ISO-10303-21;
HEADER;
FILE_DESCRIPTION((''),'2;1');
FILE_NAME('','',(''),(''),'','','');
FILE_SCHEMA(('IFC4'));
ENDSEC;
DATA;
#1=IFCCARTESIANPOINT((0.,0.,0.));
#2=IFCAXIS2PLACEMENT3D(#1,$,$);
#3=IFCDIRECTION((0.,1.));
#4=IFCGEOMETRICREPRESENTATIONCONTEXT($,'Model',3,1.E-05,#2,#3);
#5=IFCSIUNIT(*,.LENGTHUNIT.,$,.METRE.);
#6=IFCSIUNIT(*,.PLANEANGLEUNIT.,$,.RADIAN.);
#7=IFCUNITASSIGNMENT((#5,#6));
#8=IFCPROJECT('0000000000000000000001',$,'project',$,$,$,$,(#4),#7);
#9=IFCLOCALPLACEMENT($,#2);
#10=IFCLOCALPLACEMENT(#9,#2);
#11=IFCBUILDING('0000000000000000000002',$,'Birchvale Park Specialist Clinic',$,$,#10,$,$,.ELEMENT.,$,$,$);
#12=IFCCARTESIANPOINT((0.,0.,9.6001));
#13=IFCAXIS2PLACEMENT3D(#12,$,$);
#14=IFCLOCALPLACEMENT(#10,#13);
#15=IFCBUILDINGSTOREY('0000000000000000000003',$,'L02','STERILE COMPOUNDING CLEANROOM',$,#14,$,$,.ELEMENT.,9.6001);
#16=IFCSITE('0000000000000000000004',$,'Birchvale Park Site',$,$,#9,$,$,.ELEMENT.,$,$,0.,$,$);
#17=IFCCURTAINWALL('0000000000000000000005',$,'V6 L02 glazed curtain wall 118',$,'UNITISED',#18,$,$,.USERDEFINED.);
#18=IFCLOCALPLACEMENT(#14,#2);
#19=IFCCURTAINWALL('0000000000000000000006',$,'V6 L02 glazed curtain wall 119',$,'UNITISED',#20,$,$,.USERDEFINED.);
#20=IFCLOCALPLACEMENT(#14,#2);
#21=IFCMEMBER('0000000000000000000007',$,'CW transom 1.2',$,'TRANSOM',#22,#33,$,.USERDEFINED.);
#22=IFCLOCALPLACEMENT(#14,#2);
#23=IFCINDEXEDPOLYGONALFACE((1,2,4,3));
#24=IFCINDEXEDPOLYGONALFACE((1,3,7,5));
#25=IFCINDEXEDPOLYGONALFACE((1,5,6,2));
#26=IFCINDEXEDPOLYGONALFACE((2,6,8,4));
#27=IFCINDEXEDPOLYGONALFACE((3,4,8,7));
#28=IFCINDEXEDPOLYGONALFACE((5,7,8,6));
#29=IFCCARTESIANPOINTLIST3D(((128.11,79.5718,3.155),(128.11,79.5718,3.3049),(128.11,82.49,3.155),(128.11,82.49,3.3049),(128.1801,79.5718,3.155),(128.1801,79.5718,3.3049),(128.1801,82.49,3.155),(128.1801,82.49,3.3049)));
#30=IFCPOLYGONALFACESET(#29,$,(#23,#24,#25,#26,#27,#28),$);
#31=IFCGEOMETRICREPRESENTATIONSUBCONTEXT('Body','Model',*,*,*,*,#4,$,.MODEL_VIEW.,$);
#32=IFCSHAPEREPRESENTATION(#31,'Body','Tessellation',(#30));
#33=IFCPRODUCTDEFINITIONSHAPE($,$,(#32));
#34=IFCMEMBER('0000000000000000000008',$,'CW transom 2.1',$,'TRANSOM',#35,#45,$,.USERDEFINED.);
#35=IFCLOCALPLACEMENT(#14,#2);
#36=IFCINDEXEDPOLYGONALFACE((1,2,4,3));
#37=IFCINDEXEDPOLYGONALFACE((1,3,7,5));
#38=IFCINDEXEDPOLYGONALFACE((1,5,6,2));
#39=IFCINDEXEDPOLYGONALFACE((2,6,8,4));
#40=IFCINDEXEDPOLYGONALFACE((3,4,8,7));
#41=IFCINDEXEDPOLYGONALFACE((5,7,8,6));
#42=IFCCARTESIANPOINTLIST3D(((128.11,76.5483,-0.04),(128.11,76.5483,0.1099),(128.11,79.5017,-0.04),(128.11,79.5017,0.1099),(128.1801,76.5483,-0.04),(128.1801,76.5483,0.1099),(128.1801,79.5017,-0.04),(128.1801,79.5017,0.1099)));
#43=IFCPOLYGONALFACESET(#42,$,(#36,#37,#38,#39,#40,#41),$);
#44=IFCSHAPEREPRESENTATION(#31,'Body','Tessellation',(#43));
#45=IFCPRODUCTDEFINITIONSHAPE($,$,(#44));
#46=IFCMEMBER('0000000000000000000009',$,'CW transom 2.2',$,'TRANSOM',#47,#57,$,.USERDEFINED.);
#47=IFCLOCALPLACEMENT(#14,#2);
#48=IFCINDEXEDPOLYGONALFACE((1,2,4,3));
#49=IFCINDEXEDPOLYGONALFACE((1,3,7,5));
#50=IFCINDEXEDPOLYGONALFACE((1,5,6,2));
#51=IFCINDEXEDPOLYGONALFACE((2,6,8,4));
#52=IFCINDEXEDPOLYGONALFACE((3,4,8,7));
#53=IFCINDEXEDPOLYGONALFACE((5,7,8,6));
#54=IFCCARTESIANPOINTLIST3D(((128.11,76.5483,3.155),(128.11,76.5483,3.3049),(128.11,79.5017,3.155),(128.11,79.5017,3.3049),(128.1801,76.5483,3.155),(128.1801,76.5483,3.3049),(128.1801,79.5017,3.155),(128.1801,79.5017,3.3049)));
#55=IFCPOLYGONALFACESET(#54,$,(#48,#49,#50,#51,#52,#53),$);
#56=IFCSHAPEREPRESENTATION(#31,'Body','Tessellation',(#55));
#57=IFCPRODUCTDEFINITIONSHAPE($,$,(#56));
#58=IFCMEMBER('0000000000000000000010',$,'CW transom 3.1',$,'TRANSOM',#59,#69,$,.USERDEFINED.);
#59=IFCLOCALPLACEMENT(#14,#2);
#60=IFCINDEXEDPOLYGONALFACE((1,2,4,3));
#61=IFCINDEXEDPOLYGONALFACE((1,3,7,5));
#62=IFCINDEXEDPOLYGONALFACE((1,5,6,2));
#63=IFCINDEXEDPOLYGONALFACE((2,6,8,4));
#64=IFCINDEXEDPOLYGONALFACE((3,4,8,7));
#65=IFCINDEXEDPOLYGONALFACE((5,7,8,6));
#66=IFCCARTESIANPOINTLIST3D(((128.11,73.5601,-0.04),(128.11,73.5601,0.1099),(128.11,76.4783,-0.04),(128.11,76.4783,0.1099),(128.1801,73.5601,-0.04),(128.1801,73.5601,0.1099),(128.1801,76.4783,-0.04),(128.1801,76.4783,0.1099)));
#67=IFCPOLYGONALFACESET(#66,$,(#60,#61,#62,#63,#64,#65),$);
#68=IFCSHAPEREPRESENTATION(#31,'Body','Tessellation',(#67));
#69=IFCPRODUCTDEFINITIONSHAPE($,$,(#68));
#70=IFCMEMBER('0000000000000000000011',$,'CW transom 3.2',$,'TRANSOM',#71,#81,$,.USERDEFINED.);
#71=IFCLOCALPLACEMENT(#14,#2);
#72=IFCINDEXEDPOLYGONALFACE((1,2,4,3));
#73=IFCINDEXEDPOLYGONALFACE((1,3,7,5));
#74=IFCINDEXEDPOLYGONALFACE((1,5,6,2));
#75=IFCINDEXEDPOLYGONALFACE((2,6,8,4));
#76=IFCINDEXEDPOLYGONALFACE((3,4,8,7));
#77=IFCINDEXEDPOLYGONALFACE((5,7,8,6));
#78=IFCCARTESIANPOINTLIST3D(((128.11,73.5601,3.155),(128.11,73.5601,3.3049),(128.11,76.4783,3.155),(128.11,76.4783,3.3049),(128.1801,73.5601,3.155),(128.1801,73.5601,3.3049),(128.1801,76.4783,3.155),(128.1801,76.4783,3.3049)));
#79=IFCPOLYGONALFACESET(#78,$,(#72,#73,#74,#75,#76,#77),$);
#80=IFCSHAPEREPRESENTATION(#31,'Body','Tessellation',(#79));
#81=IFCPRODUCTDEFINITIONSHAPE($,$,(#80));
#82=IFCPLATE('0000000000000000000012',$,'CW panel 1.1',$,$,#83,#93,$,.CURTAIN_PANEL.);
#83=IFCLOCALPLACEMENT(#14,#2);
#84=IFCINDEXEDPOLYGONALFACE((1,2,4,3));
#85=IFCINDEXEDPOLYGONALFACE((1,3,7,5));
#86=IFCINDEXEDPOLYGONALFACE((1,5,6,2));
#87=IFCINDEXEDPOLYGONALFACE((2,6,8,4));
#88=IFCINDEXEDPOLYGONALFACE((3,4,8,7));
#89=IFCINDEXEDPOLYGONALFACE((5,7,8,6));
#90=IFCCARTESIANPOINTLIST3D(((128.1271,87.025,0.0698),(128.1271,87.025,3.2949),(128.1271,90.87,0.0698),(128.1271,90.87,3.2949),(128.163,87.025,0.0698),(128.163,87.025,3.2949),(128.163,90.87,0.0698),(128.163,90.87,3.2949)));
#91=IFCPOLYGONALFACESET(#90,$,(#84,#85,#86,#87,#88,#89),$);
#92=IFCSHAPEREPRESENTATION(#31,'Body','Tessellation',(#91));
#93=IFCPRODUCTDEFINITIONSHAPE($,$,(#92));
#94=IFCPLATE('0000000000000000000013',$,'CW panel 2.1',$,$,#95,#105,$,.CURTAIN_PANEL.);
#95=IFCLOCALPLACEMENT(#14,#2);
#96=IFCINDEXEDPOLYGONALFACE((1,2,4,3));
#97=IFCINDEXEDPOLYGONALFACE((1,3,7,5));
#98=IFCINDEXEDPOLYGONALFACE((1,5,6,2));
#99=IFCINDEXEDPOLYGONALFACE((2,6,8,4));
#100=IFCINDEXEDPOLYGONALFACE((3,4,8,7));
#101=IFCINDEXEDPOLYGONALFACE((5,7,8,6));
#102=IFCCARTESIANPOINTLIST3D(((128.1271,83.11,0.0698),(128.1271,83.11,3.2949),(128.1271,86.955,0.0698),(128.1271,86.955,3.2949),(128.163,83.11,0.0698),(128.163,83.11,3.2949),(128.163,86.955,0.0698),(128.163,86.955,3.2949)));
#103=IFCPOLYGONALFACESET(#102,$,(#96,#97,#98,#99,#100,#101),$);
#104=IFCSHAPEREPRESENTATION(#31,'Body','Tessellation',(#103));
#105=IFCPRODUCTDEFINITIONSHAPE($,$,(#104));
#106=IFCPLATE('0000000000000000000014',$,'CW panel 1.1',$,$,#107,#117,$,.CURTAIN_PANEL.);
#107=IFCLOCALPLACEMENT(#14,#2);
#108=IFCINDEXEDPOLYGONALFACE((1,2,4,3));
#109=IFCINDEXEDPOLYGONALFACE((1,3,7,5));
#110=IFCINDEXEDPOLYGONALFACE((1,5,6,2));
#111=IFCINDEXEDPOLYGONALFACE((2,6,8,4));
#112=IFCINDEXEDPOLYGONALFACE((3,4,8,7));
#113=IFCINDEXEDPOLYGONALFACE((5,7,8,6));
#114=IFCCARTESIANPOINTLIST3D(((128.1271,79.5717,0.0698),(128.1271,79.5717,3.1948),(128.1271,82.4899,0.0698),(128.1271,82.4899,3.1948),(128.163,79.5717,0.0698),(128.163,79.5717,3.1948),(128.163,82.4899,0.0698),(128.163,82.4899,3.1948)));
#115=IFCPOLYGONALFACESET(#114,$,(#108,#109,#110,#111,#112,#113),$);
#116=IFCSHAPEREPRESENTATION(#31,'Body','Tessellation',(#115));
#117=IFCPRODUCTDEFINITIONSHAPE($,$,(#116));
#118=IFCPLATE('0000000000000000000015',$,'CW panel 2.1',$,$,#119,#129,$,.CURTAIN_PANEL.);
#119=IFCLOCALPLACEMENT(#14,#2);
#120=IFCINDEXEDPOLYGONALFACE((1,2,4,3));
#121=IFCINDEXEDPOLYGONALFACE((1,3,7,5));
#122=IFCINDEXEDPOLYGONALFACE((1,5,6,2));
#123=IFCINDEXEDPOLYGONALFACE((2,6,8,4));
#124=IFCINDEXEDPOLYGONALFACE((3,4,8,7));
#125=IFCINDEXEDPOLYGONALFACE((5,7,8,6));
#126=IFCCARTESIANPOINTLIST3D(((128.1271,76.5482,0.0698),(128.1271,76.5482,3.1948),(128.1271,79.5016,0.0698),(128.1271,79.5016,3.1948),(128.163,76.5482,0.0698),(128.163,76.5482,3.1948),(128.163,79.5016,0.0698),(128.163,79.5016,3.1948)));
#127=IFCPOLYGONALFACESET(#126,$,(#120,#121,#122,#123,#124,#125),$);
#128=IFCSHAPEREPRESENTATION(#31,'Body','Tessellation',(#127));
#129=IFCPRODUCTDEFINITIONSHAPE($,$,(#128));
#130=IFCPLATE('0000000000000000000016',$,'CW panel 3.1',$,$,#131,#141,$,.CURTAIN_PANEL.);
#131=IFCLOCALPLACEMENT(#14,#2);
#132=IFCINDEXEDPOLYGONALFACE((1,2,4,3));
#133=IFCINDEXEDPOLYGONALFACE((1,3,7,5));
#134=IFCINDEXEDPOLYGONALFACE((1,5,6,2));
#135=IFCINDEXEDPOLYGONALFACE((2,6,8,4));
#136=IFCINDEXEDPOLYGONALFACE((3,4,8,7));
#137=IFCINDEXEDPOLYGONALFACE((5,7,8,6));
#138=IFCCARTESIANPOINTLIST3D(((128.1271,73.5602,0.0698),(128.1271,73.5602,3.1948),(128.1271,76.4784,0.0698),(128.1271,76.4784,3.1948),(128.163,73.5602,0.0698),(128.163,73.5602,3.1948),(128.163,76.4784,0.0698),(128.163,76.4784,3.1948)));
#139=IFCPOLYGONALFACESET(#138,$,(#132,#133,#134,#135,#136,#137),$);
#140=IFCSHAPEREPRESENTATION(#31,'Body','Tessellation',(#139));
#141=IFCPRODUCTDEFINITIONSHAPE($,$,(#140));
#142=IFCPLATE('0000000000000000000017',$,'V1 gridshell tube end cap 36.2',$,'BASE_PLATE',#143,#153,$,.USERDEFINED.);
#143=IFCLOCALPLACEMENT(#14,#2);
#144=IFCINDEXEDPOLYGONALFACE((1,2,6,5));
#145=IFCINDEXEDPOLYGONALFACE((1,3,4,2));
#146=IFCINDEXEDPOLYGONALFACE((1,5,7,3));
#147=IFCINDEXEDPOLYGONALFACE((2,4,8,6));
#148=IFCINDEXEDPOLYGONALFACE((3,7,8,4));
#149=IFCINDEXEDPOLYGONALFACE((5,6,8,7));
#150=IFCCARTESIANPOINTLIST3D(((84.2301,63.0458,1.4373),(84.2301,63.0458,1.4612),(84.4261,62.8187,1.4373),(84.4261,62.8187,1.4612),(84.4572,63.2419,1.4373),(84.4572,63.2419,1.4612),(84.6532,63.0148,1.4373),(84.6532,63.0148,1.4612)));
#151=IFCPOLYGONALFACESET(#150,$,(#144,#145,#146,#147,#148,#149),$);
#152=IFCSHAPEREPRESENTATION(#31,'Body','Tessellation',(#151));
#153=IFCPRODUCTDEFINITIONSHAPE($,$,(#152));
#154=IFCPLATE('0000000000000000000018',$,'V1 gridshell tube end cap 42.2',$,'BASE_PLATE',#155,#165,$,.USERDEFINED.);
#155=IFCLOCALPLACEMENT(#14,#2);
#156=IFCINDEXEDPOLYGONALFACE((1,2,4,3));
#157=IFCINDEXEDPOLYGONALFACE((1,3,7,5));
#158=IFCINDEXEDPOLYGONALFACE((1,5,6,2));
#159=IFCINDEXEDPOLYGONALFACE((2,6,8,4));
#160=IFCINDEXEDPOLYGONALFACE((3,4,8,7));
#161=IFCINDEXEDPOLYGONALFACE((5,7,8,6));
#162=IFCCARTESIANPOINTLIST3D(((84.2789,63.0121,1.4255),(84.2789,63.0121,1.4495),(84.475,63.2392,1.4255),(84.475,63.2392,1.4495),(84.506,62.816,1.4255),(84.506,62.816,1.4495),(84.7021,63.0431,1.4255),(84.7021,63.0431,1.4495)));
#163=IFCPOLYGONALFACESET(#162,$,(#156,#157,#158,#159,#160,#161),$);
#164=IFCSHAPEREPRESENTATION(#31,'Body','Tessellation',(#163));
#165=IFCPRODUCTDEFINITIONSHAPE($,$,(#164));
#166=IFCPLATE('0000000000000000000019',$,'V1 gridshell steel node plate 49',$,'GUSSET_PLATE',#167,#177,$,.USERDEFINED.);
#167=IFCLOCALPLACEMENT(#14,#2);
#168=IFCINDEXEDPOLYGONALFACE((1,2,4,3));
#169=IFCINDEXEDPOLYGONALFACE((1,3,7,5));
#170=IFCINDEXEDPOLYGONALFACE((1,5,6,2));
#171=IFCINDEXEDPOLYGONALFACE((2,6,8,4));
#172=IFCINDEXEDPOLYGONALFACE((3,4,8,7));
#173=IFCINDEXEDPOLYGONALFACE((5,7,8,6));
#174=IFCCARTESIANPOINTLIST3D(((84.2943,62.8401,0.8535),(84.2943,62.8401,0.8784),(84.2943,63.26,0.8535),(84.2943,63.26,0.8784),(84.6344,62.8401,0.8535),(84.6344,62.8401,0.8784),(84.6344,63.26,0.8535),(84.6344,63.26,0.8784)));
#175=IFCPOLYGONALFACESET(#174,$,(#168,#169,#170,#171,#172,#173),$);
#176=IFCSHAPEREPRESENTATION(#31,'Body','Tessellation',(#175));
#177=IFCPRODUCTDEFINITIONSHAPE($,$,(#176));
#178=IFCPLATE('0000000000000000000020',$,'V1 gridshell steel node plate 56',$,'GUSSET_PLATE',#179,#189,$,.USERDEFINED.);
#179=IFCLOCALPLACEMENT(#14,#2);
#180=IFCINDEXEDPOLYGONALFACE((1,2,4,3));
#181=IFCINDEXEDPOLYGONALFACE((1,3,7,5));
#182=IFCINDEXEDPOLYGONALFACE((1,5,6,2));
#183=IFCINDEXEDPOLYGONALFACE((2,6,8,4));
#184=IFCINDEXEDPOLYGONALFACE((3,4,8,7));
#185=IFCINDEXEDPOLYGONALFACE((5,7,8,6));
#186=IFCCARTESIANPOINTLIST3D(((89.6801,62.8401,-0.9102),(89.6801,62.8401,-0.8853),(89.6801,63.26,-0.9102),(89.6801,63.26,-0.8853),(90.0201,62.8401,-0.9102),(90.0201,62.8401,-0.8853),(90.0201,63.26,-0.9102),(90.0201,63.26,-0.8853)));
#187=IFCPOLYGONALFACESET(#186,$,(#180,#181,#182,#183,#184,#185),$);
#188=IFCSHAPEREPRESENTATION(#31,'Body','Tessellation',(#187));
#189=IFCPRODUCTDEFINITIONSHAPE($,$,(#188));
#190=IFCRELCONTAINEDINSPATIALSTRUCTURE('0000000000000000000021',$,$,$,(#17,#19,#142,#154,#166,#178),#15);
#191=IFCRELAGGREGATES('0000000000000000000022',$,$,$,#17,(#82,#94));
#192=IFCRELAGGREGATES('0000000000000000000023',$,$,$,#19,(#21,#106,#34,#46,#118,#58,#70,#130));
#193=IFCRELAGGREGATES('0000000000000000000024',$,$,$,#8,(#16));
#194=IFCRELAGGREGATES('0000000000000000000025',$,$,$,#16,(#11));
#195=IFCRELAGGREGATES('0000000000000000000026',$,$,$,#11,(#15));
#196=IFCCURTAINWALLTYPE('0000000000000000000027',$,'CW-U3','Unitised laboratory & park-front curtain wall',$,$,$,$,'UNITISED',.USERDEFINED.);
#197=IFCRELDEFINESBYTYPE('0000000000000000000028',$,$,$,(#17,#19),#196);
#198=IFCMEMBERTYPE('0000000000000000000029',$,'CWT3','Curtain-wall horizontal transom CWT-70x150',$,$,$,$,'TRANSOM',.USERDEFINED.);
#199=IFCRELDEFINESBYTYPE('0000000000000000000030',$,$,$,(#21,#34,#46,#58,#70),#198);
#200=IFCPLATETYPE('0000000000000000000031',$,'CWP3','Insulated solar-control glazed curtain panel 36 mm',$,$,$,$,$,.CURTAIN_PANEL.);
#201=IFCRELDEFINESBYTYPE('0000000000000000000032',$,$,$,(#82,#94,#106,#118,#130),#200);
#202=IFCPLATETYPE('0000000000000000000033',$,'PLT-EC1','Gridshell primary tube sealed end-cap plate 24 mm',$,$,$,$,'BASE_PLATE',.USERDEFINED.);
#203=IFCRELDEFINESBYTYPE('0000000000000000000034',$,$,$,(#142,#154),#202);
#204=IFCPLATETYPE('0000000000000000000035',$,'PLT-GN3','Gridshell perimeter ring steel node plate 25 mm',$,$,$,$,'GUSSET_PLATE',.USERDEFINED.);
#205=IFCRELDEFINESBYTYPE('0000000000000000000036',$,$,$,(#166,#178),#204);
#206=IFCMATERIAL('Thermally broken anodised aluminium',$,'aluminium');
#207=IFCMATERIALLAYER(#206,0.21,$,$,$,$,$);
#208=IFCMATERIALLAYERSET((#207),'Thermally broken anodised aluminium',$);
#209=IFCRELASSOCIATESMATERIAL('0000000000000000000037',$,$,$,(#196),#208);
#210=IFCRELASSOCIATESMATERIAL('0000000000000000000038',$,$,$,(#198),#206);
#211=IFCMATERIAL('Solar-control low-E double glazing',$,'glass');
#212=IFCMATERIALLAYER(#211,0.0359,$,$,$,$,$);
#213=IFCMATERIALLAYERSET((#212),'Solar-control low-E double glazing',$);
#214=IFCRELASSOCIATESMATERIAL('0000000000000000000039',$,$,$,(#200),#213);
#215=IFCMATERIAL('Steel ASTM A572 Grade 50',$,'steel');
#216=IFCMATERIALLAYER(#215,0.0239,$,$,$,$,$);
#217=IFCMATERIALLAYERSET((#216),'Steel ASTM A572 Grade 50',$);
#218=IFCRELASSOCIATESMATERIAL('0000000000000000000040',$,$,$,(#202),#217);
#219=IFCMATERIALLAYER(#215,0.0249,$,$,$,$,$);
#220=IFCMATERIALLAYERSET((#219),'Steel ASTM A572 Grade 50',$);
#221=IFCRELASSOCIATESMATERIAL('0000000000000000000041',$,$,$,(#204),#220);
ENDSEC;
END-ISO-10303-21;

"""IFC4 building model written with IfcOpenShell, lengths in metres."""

from ifc_helpers import new_model, si_unit, direction, frame, origin, origin_2d, place, context, subcontext, project, spatial, rectangle, extrude, material, layer, layer_set, material_profile, profile_set, type_object, element, aggregate, save


model = new_model("IFC4")

# Units and contexts
model_context = context("Model", 3, precision=1e-05, world=origin(), true_north=direction((0.0, 1.0)))
body_context = subcontext(model_context, "Body", "Model", "MODEL_VIEW")
ifc_project = project(units=[si_unit("LENGTHUNIT", "METRE"), si_unit("PLANEANGLEUNIT", "RADIAN")], contexts=[model_context])

# Site, building, storey
site_placement = place(None, origin())
site = spatial("IfcSite", under=ifc_project, at=site_placement, Name="Birchvale Park Site", CompositionType="ELEMENT", RefElevation=0.0)
building_placement = place(site_placement, origin())
building = spatial("IfcBuilding", under=site, at=building_placement, Name="Birchvale Park Specialist Clinic", CompositionType="ELEMENT")
storey_placement = place(building_placement, frame((0.0, 0.0, 9.6001)))
storey = spatial("IfcBuildingStorey", under=building, at=storey_placement, Name="L02", Description="STERILE COMPOUNDING CLEANROOM", CompositionType="ELEMENT", Elevation=9.6001)

# Curtain walls
ifc_material_1 = material(Name="Thermally broken anodised aluminium", Category="aluminium")
ifc_layer_1 = layer(ifc_material_1, 0.21)
ifc_layer_set_1 = layer_set([ifc_layer_1], Name="Thermally broken anodised aluminium")
curtain_wall_type = type_object("IfcCurtainWallType", Name="CW-U3", Description="Unitised laboratory & park-front curtain wall", ElementType="UNITISED", PredefinedType="USERDEFINED", material=ifc_layer_set_1)
curtain_wall_1_placement = place(storey_placement, origin())
curtain_wall_1 = element("IfcCurtainWall", 1, at=curtain_wall_1_placement, inside=storey, type_object=curtain_wall_type, Name="V6 L02 glazed curtain wall 118", ObjectType="UNITISED", PredefinedType="USERDEFINED")
curtain_wall_2_placement = place(storey_placement, origin())
curtain_wall_2 = element("IfcCurtainWall", 2, at=curtain_wall_2_placement, inside=storey, type_object=curtain_wall_type, Name="V6 L02 glazed curtain wall 119", ObjectType="UNITISED", PredefinedType="USERDEFINED")

# Members
ifc_material_profile_1 = material_profile(ifc_material_1, rectangle(XDim=0.0701, YDim=0.1499, at=origin_2d()), Name="CWT-70x150")
ifc_profile_set_1 = profile_set([ifc_material_profile_1], Name="Thermally broken anodised aluminium")
member_type_1 = type_object("IfcMemberType", Name="CWT3", Description="Curtain-wall horizontal transom CWT-70x150", ElementType="TRANSOM", PredefinedType="USERDEFINED", material=ifc_profile_set_1)
member_1_placement = place(storey_placement, frame((128.145, 82.49, 3.23), z_axis=(0.0, -1.0, 0.0), x_axis=(1.0, 0.0, 0.0)))
member_1 = element("IfcMember", 3, at=member_1_placement, type_object=member_type_1, Name="CW transom 1.2", ObjectType="TRANSOM", PredefinedType="USERDEFINED", context=body_context, shape_type="SweptSolid", body=[
    extrude(rectangle(XDim=0.0701, YDim=0.1499, at=origin_2d()), origin(), (0.0, 0.0, 1.0), 2.9182),
])
member_2_placement = place(storey_placement, frame((128.145, 79.5017, 0.0349), z_axis=(0.0, -1.0, 0.0), x_axis=(1.0, 0.0, 0.0)))
member_2 = element("IfcMember", 4, at=member_2_placement, type_object=member_type_1, Name="CW transom 2.1", ObjectType="TRANSOM", PredefinedType="USERDEFINED", context=body_context, shape_type="SweptSolid", body=[
    extrude(rectangle(XDim=0.0701, YDim=0.1499, at=origin_2d()), origin(), (0.0, 0.0, 1.0), 2.9534),
])
member_3_placement = place(storey_placement, frame((128.145, 79.5017, 3.23), z_axis=(0.0, -1.0, 0.0), x_axis=(1.0, 0.0, 0.0)))
member_3 = element("IfcMember", 5, at=member_3_placement, type_object=member_type_1, Name="CW transom 2.2", ObjectType="TRANSOM", PredefinedType="USERDEFINED", context=body_context, shape_type="SweptSolid", body=[
    extrude(rectangle(XDim=0.0701, YDim=0.1499, at=origin_2d()), origin(), (0.0, 0.0, 1.0), 2.9534),
])
member_4_placement = place(storey_placement, frame((128.145, 76.4783, 0.0349), z_axis=(0.0, -1.0, 0.0), x_axis=(1.0, 0.0, 0.0)))
member_4 = element("IfcMember", 6, at=member_4_placement, type_object=member_type_1, Name="CW transom 3.1", ObjectType="TRANSOM", PredefinedType="USERDEFINED", context=body_context, shape_type="SweptSolid", body=[
    extrude(rectangle(XDim=0.0701, YDim=0.1499, at=origin_2d()), origin(), (0.0, 0.0, 1.0), 2.9182),
])
member_5_placement = place(storey_placement, frame((128.145, 76.4783, 3.23), z_axis=(0.0, -1.0, 0.0), x_axis=(1.0, 0.0, 0.0)))
member_5 = element("IfcMember", 7, at=member_5_placement, type_object=member_type_1, Name="CW transom 3.2", ObjectType="TRANSOM", PredefinedType="USERDEFINED", context=body_context, shape_type="SweptSolid", body=[
    extrude(rectangle(XDim=0.0701, YDim=0.1499, at=origin_2d()), origin(), (0.0, 0.0, 1.0), 2.9182),
])

# Plates
ifc_material_2 = material(Name="Solar-control low-E double glazing", Category="glass")
ifc_layer_2 = layer(ifc_material_2, 0.0359)
ifc_layer_set_2 = layer_set([ifc_layer_2], Name="Solar-control low-E double glazing")
plate_type_1 = type_object("IfcPlateType", Name="CWP3", Description="Insulated solar-control glazed curtain panel 36 mm", PredefinedType="CURTAIN_PANEL", material=ifc_layer_set_2)
plate_1_placement = place(storey_placement, frame((128.145, 88.9475, 0.0698), z_axis=(0.0, 0.0, 1.0), x_axis=(0.0, -1.0, 0.0)))
plate_1 = element("IfcPlate", 8, at=plate_1_placement, type_object=plate_type_1, Name="CW panel 1.1", PredefinedType="CURTAIN_PANEL", context=body_context, shape_type="SweptSolid", body=[
    extrude(rectangle(XDim=3.845, YDim=0.0359, at=origin_2d()), origin(), (0.0, 0.0, 1.0), 3.2251),
])
plate_2_placement = place(storey_placement, frame((128.145, 85.0325, 0.0698), z_axis=(0.0, 0.0, 1.0), x_axis=(0.0, -1.0, 0.0)))
plate_2 = element("IfcPlate", 9, at=plate_2_placement, type_object=plate_type_1, Name="CW panel 2.1", PredefinedType="CURTAIN_PANEL", context=body_context, shape_type="SweptSolid", body=[
    extrude(rectangle(XDim=3.845, YDim=0.0359, at=origin_2d()), origin(), (0.0, 0.0, 1.0), 3.2251),
])
aggregate(curtain_wall_1, [plate_1, plate_2])
plate_3_placement = place(storey_placement, frame((128.145, 81.0308, 0.0698), z_axis=(0.0, 0.0, 1.0), x_axis=(0.0, -1.0, 0.0)))
plate_3 = element("IfcPlate", 10, at=plate_3_placement, type_object=plate_type_1, Name="CW panel 1.1", PredefinedType="CURTAIN_PANEL", context=body_context, shape_type="SweptSolid", body=[
    extrude(rectangle(XDim=2.9182, YDim=0.0359, at=origin_2d()), origin(), (0.0, 0.0, 1.0), 3.125),
])
plate_4_placement = place(storey_placement, frame((128.145, 78.0249, 0.0698), z_axis=(0.0, 0.0, 1.0), x_axis=(0.0, -1.0, 0.0)))
plate_4 = element("IfcPlate", 11, at=plate_4_placement, type_object=plate_type_1, Name="CW panel 2.1", PredefinedType="CURTAIN_PANEL", context=body_context, shape_type="SweptSolid", body=[
    extrude(rectangle(XDim=2.9534, YDim=0.0359, at=origin_2d()), origin(), (0.0, 0.0, 1.0), 3.125),
])
plate_5_placement = place(storey_placement, frame((128.145, 75.0193, 0.0698), z_axis=(0.0, 0.0, 1.0), x_axis=(0.0, -1.0, 0.0)))
plate_5 = element("IfcPlate", 12, at=plate_5_placement, type_object=plate_type_1, Name="CW panel 3.1", PredefinedType="CURTAIN_PANEL", context=body_context, shape_type="SweptSolid", body=[
    extrude(rectangle(XDim=2.9182, YDim=0.0359, at=origin_2d()), origin(), (0.0, 0.0, 1.0), 3.125),
])
aggregate(curtain_wall_2, [member_1, plate_3, member_2, member_3, plate_4, member_4, member_5, plate_5])

# Plates
ifc_material_3 = material(Name="Steel ASTM A572 Grade 50", Category="steel")
ifc_layer_3 = layer(ifc_material_3, 0.0239)
ifc_layer_set_3 = layer_set([ifc_layer_3], Name="Steel ASTM A572 Grade 50")
plate_type_2 = type_object("IfcPlateType", Name="PLT-EC1", Description="Gridshell primary tube sealed end-cap plate 24 mm", ElementType="BASE_PLATE", PredefinedType="USERDEFINED", material=ifc_layer_set_3)
for number, where, z_axis, x_axis, name in (
    (13, (84.4417, 63.0303, 1.4373), (0.0, 0.0, 1.0), (0.756881, 0.653553, 0.0), "V1 gridshell tube end cap 36.2"),
    (14, (84.4905, 63.0276, 1.4255), (0.0, 0.0, 1.0), (-0.756881, 0.653553, 0.0), "V1 gridshell tube end cap 42.2"),
):
    element("IfcPlate", number, at=place(storey_placement, frame(where, z_axis=z_axis, x_axis=x_axis)), inside=storey, type_object=plate_type_2, Name=name, ObjectType="BASE_PLATE", PredefinedType="USERDEFINED", context=body_context, shape_type="SweptSolid", body=[
        extrude(rectangle(XDim=0.3, YDim=0.3, at=origin_2d()), origin(), (0.0, 0.0, 1.0), 0.0239),
    ])
ifc_layer_4 = layer(ifc_material_3, 0.0249)
ifc_layer_set_4 = layer_set([ifc_layer_4], Name="Steel ASTM A572 Grade 50")
plate_type_3 = type_object("IfcPlateType", Name="PLT-GN3", Description="Gridshell perimeter ring steel node plate 25 mm", ElementType="GUSSET_PLATE", PredefinedType="USERDEFINED", material=ifc_layer_set_4)
for number, where, z_axis, x_axis, name in (
    (15, (84.4644, 63.05, 0.8535), (0.0, 0.0, 1.0), (1.0, 0.0, 0.0), "V1 gridshell steel node plate 49"),
    (16, (89.8501, 63.05, -0.9102), (0.0, 0.0, 1.0), (1.0, 0.0, 0.0), "V1 gridshell steel node plate 56"),
):
    element("IfcPlate", number, at=place(storey_placement, frame(where, z_axis=z_axis, x_axis=x_axis)), inside=storey, type_object=plate_type_3, Name=name, ObjectType="GUSSET_PLATE", PredefinedType="USERDEFINED", context=body_context, shape_type="SweptSolid", body=[
        extrude(rectangle(XDim=0.3401, YDim=0.4199, at=origin_2d()), origin(), (0.0, 0.0, 1.0), 0.0249),
    ])

save(model, "model.ifc")
